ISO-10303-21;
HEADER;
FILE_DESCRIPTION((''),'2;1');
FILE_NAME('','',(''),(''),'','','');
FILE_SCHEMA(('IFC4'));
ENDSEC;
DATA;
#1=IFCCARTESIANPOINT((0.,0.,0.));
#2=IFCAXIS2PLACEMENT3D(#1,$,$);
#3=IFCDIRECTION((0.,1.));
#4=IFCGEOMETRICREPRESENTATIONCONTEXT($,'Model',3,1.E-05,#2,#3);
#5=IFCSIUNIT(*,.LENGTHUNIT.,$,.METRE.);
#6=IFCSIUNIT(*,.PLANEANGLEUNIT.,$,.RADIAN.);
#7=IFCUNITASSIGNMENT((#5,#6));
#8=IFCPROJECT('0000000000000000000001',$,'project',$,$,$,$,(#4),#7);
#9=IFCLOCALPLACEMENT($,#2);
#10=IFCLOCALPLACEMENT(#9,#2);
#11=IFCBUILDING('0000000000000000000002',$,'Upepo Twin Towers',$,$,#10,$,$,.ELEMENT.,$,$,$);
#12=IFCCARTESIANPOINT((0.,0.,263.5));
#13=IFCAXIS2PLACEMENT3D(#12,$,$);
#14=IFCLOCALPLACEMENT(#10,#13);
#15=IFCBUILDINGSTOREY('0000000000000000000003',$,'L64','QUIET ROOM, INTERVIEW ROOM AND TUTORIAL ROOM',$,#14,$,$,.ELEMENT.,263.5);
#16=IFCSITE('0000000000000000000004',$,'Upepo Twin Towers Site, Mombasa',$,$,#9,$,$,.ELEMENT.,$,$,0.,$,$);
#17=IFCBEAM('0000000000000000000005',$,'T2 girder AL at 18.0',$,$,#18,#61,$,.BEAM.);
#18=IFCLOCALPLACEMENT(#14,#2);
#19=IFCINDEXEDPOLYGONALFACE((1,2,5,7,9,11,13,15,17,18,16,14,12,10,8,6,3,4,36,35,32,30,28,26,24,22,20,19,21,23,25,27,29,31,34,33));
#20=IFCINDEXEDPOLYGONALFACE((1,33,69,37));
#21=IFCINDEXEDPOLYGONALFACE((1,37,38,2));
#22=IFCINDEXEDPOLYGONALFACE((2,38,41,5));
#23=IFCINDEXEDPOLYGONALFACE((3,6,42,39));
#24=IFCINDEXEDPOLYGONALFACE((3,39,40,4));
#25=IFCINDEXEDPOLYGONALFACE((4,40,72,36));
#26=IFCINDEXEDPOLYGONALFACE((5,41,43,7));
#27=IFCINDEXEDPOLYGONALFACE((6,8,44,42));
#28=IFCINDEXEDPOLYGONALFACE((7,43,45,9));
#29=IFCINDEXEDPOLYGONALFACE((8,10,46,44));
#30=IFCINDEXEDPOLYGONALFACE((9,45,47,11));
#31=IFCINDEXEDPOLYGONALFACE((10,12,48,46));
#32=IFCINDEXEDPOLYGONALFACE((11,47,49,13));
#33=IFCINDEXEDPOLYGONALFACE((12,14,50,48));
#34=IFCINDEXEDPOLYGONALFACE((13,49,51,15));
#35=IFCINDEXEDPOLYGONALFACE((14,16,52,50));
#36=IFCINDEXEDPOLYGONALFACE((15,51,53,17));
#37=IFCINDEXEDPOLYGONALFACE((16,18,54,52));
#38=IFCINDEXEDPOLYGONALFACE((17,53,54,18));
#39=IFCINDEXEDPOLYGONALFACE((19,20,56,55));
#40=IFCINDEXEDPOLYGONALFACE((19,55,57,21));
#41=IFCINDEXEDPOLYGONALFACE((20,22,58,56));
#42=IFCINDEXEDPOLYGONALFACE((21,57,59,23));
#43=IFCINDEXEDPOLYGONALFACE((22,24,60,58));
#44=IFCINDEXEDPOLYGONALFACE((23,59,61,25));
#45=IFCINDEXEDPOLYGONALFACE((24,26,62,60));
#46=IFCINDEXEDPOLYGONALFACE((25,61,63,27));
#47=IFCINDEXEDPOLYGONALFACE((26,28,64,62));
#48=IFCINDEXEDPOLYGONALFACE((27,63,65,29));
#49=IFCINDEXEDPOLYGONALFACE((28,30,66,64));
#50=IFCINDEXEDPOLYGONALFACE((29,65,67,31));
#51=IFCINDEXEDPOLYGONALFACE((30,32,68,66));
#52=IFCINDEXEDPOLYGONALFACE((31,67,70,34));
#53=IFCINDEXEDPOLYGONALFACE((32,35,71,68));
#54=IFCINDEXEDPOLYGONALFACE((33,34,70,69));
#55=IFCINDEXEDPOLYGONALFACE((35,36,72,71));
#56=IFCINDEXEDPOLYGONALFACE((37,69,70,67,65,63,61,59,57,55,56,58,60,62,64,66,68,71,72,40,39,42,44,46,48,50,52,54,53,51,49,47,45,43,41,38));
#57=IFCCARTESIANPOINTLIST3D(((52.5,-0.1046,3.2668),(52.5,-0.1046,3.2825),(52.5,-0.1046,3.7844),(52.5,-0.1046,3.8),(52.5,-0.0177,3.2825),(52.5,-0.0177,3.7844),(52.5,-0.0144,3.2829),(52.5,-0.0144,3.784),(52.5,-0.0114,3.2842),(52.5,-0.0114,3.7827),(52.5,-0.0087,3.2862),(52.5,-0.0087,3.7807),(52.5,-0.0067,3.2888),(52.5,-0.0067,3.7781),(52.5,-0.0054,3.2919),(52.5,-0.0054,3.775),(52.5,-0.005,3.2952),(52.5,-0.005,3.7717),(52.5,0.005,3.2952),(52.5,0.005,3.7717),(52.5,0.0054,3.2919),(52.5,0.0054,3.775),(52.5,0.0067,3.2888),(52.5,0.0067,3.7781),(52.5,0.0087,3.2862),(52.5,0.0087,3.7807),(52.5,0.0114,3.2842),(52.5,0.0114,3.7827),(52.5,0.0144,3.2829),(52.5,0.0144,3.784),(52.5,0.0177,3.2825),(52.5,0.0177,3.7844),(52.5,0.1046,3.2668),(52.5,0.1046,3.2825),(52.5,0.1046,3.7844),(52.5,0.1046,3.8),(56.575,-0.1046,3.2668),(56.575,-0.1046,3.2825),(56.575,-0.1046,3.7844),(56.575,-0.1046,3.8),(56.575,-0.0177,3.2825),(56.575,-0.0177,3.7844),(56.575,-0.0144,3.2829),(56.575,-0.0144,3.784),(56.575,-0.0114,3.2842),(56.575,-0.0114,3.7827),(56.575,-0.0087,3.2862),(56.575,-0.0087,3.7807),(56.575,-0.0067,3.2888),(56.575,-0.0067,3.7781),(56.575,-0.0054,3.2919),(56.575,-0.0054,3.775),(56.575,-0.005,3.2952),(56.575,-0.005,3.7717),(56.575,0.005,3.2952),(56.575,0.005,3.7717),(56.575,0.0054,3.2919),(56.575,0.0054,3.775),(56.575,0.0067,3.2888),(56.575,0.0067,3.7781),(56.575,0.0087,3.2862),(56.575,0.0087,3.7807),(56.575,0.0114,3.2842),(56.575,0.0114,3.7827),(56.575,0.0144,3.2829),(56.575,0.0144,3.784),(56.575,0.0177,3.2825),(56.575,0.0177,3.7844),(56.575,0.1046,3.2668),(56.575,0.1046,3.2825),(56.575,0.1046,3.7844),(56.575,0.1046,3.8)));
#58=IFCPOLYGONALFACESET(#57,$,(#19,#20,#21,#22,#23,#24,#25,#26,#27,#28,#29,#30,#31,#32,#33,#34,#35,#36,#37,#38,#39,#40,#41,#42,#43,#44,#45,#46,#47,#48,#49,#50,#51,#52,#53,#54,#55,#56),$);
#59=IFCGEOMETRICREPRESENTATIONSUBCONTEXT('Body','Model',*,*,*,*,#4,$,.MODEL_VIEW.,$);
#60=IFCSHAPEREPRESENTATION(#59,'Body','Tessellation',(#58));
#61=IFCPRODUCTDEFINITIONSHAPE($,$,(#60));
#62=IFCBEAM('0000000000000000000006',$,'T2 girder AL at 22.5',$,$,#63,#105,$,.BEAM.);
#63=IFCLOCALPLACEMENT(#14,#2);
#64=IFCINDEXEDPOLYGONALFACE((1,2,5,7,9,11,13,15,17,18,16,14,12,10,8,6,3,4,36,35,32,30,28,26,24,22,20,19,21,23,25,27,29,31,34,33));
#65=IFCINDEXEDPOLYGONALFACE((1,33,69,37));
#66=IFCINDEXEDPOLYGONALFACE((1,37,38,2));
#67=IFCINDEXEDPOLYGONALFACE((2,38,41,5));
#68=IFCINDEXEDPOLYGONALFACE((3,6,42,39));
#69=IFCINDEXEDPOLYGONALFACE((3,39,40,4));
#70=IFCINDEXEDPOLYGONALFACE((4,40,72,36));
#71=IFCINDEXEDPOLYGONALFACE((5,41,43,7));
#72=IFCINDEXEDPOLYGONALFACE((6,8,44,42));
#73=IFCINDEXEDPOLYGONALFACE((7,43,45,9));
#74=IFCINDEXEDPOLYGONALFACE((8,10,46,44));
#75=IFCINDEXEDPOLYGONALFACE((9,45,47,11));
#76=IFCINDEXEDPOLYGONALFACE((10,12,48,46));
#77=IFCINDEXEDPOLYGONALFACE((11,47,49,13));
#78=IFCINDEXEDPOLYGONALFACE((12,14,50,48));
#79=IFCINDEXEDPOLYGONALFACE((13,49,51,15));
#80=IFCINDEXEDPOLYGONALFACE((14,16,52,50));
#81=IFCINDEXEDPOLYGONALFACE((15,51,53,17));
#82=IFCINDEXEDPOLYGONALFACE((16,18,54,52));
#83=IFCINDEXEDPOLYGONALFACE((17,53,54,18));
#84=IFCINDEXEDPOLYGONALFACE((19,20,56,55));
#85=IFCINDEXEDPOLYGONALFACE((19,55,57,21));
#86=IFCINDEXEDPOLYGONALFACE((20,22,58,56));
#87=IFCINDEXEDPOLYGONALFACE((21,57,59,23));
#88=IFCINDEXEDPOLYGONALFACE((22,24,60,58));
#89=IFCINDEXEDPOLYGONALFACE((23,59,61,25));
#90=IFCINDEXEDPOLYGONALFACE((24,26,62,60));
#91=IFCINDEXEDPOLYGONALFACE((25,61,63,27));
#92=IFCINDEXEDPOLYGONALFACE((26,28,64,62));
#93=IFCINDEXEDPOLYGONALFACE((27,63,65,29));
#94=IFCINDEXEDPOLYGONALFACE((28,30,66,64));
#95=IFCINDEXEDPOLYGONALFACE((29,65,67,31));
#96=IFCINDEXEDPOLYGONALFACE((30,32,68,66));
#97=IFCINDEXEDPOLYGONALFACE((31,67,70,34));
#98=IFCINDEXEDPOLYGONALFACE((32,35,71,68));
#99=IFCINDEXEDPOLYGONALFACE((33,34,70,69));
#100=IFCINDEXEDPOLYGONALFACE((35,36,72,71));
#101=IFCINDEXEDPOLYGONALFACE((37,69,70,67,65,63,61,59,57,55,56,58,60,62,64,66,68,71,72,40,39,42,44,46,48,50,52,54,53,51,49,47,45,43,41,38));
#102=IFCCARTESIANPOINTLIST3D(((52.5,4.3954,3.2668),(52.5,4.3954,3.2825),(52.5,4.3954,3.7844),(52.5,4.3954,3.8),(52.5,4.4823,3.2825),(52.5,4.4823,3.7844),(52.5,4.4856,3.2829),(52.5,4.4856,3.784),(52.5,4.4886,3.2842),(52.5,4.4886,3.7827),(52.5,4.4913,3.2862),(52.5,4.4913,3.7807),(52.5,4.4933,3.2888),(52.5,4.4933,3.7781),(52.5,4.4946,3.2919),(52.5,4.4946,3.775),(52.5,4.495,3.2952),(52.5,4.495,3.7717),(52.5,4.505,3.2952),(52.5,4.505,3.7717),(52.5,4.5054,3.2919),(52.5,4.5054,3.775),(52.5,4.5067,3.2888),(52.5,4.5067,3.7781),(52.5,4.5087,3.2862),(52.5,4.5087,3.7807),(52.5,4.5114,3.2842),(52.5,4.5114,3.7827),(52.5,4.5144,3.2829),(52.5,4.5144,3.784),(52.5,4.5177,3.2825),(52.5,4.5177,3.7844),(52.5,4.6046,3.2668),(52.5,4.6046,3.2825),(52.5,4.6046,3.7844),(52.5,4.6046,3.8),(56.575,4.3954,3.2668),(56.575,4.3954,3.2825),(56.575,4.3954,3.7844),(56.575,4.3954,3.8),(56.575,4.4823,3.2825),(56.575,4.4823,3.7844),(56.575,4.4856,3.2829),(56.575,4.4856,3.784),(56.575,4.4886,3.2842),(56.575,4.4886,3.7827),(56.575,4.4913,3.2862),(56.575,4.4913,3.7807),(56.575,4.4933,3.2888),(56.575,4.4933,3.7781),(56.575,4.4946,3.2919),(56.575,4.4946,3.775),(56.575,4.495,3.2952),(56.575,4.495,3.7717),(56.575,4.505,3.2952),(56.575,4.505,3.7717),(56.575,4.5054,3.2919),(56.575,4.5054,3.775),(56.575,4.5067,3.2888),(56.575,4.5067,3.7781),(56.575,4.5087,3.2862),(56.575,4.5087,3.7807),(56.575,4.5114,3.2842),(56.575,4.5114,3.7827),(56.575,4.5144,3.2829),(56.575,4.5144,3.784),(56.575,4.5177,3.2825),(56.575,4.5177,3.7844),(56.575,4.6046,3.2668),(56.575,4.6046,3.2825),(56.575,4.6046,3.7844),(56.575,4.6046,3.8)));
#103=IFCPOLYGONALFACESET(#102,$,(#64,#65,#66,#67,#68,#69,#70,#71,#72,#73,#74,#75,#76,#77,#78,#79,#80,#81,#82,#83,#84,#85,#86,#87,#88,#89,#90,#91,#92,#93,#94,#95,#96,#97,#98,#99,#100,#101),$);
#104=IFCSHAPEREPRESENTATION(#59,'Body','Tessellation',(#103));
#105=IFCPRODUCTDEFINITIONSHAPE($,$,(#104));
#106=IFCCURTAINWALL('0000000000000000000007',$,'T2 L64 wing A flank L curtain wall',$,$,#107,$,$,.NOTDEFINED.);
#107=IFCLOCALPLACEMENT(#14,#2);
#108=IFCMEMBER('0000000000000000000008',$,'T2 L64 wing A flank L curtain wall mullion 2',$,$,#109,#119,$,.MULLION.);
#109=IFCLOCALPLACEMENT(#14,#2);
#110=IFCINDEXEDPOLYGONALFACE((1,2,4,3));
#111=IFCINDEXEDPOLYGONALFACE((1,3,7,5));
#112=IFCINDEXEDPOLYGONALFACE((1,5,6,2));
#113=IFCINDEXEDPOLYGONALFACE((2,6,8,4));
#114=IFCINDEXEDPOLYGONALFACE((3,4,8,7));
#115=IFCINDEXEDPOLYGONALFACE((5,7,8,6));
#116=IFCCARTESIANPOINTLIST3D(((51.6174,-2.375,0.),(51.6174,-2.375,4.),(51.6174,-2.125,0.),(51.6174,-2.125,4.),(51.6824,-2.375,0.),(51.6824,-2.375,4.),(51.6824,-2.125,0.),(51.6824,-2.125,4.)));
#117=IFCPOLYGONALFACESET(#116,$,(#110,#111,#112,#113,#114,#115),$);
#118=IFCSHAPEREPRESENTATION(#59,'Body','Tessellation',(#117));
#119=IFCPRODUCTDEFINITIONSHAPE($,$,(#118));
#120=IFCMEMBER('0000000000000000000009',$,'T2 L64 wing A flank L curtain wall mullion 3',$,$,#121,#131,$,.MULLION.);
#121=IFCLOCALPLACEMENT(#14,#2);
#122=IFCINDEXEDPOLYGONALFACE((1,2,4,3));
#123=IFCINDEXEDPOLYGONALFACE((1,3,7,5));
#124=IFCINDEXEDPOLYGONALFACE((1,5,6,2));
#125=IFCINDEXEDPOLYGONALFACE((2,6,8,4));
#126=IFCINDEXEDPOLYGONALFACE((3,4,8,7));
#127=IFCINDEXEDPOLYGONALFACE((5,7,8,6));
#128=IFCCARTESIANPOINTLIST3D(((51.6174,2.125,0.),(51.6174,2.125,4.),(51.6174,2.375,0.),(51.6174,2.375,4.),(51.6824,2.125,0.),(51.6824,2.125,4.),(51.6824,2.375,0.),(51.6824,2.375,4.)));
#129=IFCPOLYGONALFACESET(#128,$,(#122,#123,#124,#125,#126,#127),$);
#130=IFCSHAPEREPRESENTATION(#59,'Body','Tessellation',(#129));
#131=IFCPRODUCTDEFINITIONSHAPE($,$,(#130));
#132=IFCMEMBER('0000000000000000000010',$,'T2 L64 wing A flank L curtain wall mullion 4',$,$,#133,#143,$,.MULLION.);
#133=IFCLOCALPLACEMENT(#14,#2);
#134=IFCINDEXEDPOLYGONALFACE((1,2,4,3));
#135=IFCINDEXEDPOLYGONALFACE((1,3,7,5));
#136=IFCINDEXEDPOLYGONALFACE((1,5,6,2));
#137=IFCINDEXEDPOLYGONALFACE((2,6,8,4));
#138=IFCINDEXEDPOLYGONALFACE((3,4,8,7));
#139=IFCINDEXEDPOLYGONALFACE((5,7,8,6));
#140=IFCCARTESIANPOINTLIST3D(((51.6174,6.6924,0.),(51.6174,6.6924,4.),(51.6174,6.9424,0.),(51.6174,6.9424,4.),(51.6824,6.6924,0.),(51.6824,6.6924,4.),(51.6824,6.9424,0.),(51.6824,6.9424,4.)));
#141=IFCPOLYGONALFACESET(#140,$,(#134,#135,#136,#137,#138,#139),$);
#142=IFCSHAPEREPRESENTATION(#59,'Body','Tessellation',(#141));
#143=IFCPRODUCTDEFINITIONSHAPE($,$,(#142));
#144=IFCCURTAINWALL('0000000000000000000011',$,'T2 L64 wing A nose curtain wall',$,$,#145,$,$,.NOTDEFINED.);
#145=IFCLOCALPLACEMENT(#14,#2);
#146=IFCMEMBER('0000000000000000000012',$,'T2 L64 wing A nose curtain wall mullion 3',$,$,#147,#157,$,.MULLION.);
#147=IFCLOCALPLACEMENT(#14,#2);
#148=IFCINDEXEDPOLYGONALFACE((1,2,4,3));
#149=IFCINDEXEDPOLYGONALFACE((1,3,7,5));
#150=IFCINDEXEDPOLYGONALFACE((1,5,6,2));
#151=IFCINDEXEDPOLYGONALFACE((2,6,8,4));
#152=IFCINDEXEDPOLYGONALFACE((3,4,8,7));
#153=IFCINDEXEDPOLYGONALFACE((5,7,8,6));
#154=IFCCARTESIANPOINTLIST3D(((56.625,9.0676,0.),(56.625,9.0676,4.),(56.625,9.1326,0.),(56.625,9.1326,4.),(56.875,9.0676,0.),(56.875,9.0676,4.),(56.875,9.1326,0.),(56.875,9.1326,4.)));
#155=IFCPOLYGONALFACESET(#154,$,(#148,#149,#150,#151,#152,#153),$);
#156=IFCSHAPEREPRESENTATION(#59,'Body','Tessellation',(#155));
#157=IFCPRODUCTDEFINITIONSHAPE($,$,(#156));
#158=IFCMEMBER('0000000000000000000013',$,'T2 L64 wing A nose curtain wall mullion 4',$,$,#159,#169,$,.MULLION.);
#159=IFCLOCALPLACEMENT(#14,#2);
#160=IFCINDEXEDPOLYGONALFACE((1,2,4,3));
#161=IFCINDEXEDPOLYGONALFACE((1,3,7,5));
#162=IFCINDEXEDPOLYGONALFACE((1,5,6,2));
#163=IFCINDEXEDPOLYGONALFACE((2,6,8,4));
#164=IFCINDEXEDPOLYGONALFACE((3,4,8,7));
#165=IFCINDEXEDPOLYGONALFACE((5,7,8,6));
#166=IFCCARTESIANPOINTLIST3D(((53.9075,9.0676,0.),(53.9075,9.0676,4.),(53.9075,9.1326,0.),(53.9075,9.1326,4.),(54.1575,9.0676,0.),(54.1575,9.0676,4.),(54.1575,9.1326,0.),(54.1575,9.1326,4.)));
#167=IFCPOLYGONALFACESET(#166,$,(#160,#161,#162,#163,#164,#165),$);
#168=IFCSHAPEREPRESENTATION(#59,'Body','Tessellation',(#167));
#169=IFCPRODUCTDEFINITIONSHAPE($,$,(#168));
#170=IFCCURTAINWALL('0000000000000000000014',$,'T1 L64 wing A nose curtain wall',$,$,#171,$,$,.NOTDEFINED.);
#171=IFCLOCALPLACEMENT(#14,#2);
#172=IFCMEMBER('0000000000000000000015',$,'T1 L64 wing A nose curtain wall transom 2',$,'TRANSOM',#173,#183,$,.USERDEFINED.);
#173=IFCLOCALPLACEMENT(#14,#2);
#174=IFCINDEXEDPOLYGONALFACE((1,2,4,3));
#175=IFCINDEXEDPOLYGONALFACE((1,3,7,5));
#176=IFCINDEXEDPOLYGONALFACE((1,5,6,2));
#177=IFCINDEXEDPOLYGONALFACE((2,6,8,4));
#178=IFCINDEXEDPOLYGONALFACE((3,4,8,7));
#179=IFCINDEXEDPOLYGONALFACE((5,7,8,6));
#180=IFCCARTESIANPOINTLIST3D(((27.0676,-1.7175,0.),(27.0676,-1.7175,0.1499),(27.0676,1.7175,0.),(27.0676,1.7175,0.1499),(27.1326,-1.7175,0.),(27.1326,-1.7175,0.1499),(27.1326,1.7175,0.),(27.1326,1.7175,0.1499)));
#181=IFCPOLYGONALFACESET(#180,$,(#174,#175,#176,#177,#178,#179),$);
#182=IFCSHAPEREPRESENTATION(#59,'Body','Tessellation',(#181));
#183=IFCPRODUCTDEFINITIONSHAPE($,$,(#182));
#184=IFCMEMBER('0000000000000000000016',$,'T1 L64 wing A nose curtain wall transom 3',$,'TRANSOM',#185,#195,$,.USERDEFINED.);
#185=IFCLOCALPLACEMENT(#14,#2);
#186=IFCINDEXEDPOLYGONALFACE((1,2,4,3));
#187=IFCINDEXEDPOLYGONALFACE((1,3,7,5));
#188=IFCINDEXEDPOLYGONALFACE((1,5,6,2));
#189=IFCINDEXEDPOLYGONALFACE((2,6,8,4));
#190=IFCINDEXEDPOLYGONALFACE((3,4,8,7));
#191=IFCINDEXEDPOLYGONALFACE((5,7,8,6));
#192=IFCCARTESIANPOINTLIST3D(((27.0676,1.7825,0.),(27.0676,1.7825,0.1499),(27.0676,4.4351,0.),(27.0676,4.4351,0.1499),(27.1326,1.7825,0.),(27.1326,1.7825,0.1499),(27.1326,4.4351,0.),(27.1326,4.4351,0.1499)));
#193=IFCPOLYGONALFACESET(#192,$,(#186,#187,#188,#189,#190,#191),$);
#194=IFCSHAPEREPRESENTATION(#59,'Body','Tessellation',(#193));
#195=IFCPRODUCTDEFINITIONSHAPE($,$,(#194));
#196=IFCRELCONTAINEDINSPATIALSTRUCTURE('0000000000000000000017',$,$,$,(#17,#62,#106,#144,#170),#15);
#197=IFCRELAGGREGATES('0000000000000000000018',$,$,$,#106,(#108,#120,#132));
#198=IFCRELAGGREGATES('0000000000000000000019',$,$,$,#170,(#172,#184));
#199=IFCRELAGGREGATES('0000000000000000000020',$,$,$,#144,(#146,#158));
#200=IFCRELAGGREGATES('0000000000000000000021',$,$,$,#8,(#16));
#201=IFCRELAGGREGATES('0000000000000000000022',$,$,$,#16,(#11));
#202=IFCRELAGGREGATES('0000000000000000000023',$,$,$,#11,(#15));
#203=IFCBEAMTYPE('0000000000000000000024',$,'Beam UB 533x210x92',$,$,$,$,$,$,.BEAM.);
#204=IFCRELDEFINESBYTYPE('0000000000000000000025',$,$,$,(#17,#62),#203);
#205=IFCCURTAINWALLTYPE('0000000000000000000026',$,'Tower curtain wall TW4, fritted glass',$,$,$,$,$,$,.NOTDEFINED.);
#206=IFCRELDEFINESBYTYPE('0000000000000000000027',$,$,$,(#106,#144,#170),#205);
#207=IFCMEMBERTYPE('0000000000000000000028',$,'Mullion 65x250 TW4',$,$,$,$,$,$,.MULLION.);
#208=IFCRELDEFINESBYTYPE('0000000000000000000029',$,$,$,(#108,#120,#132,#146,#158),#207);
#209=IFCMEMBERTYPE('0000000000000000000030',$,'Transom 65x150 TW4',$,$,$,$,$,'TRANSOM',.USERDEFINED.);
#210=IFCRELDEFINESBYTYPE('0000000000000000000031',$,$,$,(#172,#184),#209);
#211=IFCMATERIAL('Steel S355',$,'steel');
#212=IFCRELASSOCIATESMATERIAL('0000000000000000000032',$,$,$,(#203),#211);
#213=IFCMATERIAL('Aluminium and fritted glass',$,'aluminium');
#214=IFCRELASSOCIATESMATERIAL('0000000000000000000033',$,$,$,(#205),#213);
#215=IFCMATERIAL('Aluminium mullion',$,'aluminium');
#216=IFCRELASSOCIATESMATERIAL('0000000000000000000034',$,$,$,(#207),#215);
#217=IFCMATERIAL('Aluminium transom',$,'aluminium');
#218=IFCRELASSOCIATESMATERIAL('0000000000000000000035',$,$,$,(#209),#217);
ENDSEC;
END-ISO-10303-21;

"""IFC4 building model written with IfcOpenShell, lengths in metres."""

from ifc_helpers import new_model, si_unit, direction, frame, origin, origin_2d, place, context, subcontext, project, spatial, rectangle, i_section, extrude, material, material_profile, profile_set, type_object, element, aggregate, save


model = new_model("IFC4")

# Units and contexts
model_context = context("Model", 3, precision=1e-05, world=origin(), true_north=direction((0.0, 1.0)))
body_context = subcontext(model_context, "Body", "Model", "MODEL_VIEW")
ifc_project = project(units=[si_unit("LENGTHUNIT", "METRE"), si_unit("PLANEANGLEUNIT", "RADIAN")], contexts=[model_context])

# Site, building, storey
site_placement = place(None, origin())
site = spatial("IfcSite", under=ifc_project, at=site_placement, Name="Upepo Twin Towers Site, Mombasa", CompositionType="ELEMENT", RefElevation=0.0)
building_placement = place(site_placement, origin())
building = spatial("IfcBuilding", under=site, at=building_placement, Name="Upepo Twin Towers", CompositionType="ELEMENT")
storey_placement = place(building_placement, frame((0.0, 0.0, 263.5)))
storey = spatial("IfcBuildingStorey", under=building, at=storey_placement, Name="L64", Description="QUIET ROOM, INTERVIEW ROOM AND TUTORIAL ROOM", CompositionType="ELEMENT", Elevation=263.5)

# Beams
ifc_material_1 = material(Name="Steel S355", Category="steel")
ifc_material_profile_1 = material_profile(ifc_material_1, i_section(OverallWidth=0.2092, OverallDepth=0.5332, WebThickness=0.01, FlangeThickness=0.0156, FilletRadius=0.0127, at=origin_2d()), Name="UB 533x210x92")
ifc_profile_set_1 = profile_set([ifc_material_profile_1], Name="Steel S355")
beam_type_1 = type_object("IfcBeamType", Name="Beam UB 533x210x92", PredefinedType="BEAM", material=ifc_profile_set_1)
for number, where, z_axis, x_axis, name in (
    (1, (52.5, 0.0, 3.5334), (1.0, 0.0, 0.0), (0.0, 1.0, 0.0), "T2 girder AL at 18.0"),
    (2, (52.5, 4.5, 3.5334), (1.0, 0.0, 0.0), (0.0, 1.0, 0.0), "T2 girder AL at 22.5"),
):
    element("IfcBeam", number, at=place(storey_placement, frame(where, z_axis=z_axis, x_axis=x_axis)), inside=storey, type_object=beam_type_1, Name=name, PredefinedType="BEAM", context=body_context, shape_type="SweptSolid", body=[
        extrude(i_section(OverallWidth=0.2092, OverallDepth=0.5332, WebThickness=0.01, FlangeThickness=0.0156, FilletRadius=0.0127, at=origin_2d()), origin(), (0.0, 0.0, 1.0), 4.075),
    ])

# Curtain walls, members
ifc_material_2 = material(Name="Aluminium and fritted glass", Category="aluminium")
curtain_wall_type = type_object("IfcCurtainWallType", Name="Tower curtain wall TW4, fritted glass", PredefinedType="NOTDEFINED", material=ifc_material_2)
curtain_wall_1_placement = place(storey_placement, origin())
curtain_wall_1 = element("IfcCurtainWall", 3, at=curtain_wall_1_placement, inside=storey, type_object=curtain_wall_type, Name="T2 L64 wing A flank L curtain wall", PredefinedType="NOTDEFINED")
ifc_material_3 = material(Name="Aluminium mullion", Category="aluminium")
ifc_material_profile_2 = material_profile(ifc_material_3, rectangle(XDim=0.0649, YDim=0.25, at=origin_2d()), Name="MULLION 65x250")
ifc_profile_set_2 = profile_set([ifc_material_profile_2], Name="Aluminium mullion")
member_type_1 = type_object("IfcMemberType", Name="Mullion 65x250 TW4", PredefinedType="MULLION", material=ifc_profile_set_2)
member_1_placement = place(storey_placement, frame((51.6499, -2.25, 0.0), z_axis=(0.0, 0.0, 1.0), x_axis=(-1.0, 0.0, 0.0)))
member_1 = element("IfcMember", 4, at=member_1_placement, type_object=member_type_1, Name="T2 L64 wing A flank L curtain wall mullion 2", PredefinedType="MULLION", context=body_context, shape_type="SweptSolid", body=[
    extrude(rectangle(XDim=0.0649, YDim=0.25, at=origin_2d()), origin(), (0.0, 0.0, 1.0), 4.0),
])
member_2_placement = place(storey_placement, frame((51.6499, 2.25, 0.0), z_axis=(0.0, 0.0, 1.0), x_axis=(-1.0, 0.0, 0.0)))
member_2 = element("IfcMember", 5, at=member_2_placement, type_object=member_type_1, Name="T2 L64 wing A flank L curtain wall mullion 3", PredefinedType="MULLION", context=body_context, shape_type="SweptSolid", body=[
    extrude(rectangle(XDim=0.0649, YDim=0.25, at=origin_2d()), origin(), (0.0, 0.0, 1.0), 4.0),
])
member_3_placement = place(storey_placement, frame((51.6499, 6.8174, 0.0), z_axis=(0.0, 0.0, 1.0), x_axis=(-1.0, 0.0, 0.0)))
member_3 = element("IfcMember", 6, at=member_3_placement, type_object=member_type_1, Name="T2 L64 wing A flank L curtain wall mullion 4", PredefinedType="MULLION", context=body_context, shape_type="SweptSolid", body=[
    extrude(rectangle(XDim=0.0649, YDim=0.25, at=origin_2d()), origin(), (0.0, 0.0, 1.0), 4.0),
])
curtain_wall_2_placement = place(storey_placement, origin())
curtain_wall_2 = element("IfcCurtainWall", 7, at=curtain_wall_2_placement, inside=storey, type_object=curtain_wall_type, Name="T2 L64 wing A nose curtain wall", PredefinedType="NOTDEFINED")
member_4_placement = place(storey_placement, frame((56.75, 9.1001, 0.0), z_axis=(0.0, 0.0, 1.0), x_axis=(0.0, -1.0, 0.0)))
member_4 = element("IfcMember", 8, at=member_4_placement, type_object=member_type_1, Name="T2 L64 wing A nose curtain wall mullion 3", PredefinedType="MULLION", context=body_context, shape_type="SweptSolid", body=[
    extrude(rectangle(XDim=0.0649, YDim=0.25, at=origin_2d()), origin(), (0.0, 0.0, 1.0), 4.0),
])
member_5_placement = place(storey_placement, frame((54.0325, 9.1001, 0.0), z_axis=(0.0, 0.0, 1.0), x_axis=(0.0, -1.0, 0.0)))
member_5 = element("IfcMember", 9, at=member_5_placement, type_object=member_type_1, Name="T2 L64 wing A nose curtain wall mullion 4", PredefinedType="MULLION", context=body_context, shape_type="SweptSolid", body=[
    extrude(rectangle(XDim=0.0649, YDim=0.25, at=origin_2d()), origin(), (0.0, 0.0, 1.0), 4.0),
])
curtain_wall_3_placement = place(storey_placement, origin())
curtain_wall_3 = element("IfcCurtainWall", 10, at=curtain_wall_3_placement, inside=storey, type_object=curtain_wall_type, Name="T1 L64 wing A nose curtain wall", PredefinedType="NOTDEFINED")
ifc_material_4 = material(Name="Aluminium transom", Category="aluminium")
ifc_material_profile_3 = material_profile(ifc_material_4, rectangle(XDim=0.0649, YDim=0.1499, at=origin_2d()), Name="TRANSOM 65x150")
ifc_profile_set_3 = profile_set([ifc_material_profile_3], Name="Aluminium transom")
member_type_2 = type_object("IfcMemberType", Name="Transom 65x150 TW4", ElementType="TRANSOM", PredefinedType="USERDEFINED", material=ifc_profile_set_3)
member_6_placement = place(storey_placement, frame((27.1001, -1.7175, 0.075), z_axis=(0.0, 1.0, 0.0), x_axis=(-1.0, 0.0, 0.0)))
member_6 = element("IfcMember", 11, at=member_6_placement, type_object=member_type_2, Name="T1 L64 wing A nose curtain wall transom 2", ObjectType="TRANSOM", PredefinedType="USERDEFINED", context=body_context, shape_type="SweptSolid", body=[
    extrude(rectangle(XDim=0.0649, YDim=0.1499, at=origin_2d()), origin(), (0.0, 0.0, 1.0), 3.4351),
])
member_7_placement = place(storey_placement, frame((27.1001, 1.7825, 0.075), z_axis=(0.0, 1.0, 0.0), x_axis=(-1.0, 0.0, 0.0)))
member_7 = element("IfcMember", 12, at=member_7_placement, type_object=member_type_2, Name="T1 L64 wing A nose curtain wall transom 3", ObjectType="TRANSOM", PredefinedType="USERDEFINED", context=body_context, shape_type="SweptSolid", body=[
    extrude(rectangle(XDim=0.0649, YDim=0.1499, at=origin_2d()), origin(), (0.0, 0.0, 1.0), 2.6526),
])

aggregate(curtain_wall_1, [member_1, member_2, member_3])
aggregate(curtain_wall_3, [member_6, member_7])
aggregate(curtain_wall_2, [member_4, member_5])

save(model, "model.ifc")
